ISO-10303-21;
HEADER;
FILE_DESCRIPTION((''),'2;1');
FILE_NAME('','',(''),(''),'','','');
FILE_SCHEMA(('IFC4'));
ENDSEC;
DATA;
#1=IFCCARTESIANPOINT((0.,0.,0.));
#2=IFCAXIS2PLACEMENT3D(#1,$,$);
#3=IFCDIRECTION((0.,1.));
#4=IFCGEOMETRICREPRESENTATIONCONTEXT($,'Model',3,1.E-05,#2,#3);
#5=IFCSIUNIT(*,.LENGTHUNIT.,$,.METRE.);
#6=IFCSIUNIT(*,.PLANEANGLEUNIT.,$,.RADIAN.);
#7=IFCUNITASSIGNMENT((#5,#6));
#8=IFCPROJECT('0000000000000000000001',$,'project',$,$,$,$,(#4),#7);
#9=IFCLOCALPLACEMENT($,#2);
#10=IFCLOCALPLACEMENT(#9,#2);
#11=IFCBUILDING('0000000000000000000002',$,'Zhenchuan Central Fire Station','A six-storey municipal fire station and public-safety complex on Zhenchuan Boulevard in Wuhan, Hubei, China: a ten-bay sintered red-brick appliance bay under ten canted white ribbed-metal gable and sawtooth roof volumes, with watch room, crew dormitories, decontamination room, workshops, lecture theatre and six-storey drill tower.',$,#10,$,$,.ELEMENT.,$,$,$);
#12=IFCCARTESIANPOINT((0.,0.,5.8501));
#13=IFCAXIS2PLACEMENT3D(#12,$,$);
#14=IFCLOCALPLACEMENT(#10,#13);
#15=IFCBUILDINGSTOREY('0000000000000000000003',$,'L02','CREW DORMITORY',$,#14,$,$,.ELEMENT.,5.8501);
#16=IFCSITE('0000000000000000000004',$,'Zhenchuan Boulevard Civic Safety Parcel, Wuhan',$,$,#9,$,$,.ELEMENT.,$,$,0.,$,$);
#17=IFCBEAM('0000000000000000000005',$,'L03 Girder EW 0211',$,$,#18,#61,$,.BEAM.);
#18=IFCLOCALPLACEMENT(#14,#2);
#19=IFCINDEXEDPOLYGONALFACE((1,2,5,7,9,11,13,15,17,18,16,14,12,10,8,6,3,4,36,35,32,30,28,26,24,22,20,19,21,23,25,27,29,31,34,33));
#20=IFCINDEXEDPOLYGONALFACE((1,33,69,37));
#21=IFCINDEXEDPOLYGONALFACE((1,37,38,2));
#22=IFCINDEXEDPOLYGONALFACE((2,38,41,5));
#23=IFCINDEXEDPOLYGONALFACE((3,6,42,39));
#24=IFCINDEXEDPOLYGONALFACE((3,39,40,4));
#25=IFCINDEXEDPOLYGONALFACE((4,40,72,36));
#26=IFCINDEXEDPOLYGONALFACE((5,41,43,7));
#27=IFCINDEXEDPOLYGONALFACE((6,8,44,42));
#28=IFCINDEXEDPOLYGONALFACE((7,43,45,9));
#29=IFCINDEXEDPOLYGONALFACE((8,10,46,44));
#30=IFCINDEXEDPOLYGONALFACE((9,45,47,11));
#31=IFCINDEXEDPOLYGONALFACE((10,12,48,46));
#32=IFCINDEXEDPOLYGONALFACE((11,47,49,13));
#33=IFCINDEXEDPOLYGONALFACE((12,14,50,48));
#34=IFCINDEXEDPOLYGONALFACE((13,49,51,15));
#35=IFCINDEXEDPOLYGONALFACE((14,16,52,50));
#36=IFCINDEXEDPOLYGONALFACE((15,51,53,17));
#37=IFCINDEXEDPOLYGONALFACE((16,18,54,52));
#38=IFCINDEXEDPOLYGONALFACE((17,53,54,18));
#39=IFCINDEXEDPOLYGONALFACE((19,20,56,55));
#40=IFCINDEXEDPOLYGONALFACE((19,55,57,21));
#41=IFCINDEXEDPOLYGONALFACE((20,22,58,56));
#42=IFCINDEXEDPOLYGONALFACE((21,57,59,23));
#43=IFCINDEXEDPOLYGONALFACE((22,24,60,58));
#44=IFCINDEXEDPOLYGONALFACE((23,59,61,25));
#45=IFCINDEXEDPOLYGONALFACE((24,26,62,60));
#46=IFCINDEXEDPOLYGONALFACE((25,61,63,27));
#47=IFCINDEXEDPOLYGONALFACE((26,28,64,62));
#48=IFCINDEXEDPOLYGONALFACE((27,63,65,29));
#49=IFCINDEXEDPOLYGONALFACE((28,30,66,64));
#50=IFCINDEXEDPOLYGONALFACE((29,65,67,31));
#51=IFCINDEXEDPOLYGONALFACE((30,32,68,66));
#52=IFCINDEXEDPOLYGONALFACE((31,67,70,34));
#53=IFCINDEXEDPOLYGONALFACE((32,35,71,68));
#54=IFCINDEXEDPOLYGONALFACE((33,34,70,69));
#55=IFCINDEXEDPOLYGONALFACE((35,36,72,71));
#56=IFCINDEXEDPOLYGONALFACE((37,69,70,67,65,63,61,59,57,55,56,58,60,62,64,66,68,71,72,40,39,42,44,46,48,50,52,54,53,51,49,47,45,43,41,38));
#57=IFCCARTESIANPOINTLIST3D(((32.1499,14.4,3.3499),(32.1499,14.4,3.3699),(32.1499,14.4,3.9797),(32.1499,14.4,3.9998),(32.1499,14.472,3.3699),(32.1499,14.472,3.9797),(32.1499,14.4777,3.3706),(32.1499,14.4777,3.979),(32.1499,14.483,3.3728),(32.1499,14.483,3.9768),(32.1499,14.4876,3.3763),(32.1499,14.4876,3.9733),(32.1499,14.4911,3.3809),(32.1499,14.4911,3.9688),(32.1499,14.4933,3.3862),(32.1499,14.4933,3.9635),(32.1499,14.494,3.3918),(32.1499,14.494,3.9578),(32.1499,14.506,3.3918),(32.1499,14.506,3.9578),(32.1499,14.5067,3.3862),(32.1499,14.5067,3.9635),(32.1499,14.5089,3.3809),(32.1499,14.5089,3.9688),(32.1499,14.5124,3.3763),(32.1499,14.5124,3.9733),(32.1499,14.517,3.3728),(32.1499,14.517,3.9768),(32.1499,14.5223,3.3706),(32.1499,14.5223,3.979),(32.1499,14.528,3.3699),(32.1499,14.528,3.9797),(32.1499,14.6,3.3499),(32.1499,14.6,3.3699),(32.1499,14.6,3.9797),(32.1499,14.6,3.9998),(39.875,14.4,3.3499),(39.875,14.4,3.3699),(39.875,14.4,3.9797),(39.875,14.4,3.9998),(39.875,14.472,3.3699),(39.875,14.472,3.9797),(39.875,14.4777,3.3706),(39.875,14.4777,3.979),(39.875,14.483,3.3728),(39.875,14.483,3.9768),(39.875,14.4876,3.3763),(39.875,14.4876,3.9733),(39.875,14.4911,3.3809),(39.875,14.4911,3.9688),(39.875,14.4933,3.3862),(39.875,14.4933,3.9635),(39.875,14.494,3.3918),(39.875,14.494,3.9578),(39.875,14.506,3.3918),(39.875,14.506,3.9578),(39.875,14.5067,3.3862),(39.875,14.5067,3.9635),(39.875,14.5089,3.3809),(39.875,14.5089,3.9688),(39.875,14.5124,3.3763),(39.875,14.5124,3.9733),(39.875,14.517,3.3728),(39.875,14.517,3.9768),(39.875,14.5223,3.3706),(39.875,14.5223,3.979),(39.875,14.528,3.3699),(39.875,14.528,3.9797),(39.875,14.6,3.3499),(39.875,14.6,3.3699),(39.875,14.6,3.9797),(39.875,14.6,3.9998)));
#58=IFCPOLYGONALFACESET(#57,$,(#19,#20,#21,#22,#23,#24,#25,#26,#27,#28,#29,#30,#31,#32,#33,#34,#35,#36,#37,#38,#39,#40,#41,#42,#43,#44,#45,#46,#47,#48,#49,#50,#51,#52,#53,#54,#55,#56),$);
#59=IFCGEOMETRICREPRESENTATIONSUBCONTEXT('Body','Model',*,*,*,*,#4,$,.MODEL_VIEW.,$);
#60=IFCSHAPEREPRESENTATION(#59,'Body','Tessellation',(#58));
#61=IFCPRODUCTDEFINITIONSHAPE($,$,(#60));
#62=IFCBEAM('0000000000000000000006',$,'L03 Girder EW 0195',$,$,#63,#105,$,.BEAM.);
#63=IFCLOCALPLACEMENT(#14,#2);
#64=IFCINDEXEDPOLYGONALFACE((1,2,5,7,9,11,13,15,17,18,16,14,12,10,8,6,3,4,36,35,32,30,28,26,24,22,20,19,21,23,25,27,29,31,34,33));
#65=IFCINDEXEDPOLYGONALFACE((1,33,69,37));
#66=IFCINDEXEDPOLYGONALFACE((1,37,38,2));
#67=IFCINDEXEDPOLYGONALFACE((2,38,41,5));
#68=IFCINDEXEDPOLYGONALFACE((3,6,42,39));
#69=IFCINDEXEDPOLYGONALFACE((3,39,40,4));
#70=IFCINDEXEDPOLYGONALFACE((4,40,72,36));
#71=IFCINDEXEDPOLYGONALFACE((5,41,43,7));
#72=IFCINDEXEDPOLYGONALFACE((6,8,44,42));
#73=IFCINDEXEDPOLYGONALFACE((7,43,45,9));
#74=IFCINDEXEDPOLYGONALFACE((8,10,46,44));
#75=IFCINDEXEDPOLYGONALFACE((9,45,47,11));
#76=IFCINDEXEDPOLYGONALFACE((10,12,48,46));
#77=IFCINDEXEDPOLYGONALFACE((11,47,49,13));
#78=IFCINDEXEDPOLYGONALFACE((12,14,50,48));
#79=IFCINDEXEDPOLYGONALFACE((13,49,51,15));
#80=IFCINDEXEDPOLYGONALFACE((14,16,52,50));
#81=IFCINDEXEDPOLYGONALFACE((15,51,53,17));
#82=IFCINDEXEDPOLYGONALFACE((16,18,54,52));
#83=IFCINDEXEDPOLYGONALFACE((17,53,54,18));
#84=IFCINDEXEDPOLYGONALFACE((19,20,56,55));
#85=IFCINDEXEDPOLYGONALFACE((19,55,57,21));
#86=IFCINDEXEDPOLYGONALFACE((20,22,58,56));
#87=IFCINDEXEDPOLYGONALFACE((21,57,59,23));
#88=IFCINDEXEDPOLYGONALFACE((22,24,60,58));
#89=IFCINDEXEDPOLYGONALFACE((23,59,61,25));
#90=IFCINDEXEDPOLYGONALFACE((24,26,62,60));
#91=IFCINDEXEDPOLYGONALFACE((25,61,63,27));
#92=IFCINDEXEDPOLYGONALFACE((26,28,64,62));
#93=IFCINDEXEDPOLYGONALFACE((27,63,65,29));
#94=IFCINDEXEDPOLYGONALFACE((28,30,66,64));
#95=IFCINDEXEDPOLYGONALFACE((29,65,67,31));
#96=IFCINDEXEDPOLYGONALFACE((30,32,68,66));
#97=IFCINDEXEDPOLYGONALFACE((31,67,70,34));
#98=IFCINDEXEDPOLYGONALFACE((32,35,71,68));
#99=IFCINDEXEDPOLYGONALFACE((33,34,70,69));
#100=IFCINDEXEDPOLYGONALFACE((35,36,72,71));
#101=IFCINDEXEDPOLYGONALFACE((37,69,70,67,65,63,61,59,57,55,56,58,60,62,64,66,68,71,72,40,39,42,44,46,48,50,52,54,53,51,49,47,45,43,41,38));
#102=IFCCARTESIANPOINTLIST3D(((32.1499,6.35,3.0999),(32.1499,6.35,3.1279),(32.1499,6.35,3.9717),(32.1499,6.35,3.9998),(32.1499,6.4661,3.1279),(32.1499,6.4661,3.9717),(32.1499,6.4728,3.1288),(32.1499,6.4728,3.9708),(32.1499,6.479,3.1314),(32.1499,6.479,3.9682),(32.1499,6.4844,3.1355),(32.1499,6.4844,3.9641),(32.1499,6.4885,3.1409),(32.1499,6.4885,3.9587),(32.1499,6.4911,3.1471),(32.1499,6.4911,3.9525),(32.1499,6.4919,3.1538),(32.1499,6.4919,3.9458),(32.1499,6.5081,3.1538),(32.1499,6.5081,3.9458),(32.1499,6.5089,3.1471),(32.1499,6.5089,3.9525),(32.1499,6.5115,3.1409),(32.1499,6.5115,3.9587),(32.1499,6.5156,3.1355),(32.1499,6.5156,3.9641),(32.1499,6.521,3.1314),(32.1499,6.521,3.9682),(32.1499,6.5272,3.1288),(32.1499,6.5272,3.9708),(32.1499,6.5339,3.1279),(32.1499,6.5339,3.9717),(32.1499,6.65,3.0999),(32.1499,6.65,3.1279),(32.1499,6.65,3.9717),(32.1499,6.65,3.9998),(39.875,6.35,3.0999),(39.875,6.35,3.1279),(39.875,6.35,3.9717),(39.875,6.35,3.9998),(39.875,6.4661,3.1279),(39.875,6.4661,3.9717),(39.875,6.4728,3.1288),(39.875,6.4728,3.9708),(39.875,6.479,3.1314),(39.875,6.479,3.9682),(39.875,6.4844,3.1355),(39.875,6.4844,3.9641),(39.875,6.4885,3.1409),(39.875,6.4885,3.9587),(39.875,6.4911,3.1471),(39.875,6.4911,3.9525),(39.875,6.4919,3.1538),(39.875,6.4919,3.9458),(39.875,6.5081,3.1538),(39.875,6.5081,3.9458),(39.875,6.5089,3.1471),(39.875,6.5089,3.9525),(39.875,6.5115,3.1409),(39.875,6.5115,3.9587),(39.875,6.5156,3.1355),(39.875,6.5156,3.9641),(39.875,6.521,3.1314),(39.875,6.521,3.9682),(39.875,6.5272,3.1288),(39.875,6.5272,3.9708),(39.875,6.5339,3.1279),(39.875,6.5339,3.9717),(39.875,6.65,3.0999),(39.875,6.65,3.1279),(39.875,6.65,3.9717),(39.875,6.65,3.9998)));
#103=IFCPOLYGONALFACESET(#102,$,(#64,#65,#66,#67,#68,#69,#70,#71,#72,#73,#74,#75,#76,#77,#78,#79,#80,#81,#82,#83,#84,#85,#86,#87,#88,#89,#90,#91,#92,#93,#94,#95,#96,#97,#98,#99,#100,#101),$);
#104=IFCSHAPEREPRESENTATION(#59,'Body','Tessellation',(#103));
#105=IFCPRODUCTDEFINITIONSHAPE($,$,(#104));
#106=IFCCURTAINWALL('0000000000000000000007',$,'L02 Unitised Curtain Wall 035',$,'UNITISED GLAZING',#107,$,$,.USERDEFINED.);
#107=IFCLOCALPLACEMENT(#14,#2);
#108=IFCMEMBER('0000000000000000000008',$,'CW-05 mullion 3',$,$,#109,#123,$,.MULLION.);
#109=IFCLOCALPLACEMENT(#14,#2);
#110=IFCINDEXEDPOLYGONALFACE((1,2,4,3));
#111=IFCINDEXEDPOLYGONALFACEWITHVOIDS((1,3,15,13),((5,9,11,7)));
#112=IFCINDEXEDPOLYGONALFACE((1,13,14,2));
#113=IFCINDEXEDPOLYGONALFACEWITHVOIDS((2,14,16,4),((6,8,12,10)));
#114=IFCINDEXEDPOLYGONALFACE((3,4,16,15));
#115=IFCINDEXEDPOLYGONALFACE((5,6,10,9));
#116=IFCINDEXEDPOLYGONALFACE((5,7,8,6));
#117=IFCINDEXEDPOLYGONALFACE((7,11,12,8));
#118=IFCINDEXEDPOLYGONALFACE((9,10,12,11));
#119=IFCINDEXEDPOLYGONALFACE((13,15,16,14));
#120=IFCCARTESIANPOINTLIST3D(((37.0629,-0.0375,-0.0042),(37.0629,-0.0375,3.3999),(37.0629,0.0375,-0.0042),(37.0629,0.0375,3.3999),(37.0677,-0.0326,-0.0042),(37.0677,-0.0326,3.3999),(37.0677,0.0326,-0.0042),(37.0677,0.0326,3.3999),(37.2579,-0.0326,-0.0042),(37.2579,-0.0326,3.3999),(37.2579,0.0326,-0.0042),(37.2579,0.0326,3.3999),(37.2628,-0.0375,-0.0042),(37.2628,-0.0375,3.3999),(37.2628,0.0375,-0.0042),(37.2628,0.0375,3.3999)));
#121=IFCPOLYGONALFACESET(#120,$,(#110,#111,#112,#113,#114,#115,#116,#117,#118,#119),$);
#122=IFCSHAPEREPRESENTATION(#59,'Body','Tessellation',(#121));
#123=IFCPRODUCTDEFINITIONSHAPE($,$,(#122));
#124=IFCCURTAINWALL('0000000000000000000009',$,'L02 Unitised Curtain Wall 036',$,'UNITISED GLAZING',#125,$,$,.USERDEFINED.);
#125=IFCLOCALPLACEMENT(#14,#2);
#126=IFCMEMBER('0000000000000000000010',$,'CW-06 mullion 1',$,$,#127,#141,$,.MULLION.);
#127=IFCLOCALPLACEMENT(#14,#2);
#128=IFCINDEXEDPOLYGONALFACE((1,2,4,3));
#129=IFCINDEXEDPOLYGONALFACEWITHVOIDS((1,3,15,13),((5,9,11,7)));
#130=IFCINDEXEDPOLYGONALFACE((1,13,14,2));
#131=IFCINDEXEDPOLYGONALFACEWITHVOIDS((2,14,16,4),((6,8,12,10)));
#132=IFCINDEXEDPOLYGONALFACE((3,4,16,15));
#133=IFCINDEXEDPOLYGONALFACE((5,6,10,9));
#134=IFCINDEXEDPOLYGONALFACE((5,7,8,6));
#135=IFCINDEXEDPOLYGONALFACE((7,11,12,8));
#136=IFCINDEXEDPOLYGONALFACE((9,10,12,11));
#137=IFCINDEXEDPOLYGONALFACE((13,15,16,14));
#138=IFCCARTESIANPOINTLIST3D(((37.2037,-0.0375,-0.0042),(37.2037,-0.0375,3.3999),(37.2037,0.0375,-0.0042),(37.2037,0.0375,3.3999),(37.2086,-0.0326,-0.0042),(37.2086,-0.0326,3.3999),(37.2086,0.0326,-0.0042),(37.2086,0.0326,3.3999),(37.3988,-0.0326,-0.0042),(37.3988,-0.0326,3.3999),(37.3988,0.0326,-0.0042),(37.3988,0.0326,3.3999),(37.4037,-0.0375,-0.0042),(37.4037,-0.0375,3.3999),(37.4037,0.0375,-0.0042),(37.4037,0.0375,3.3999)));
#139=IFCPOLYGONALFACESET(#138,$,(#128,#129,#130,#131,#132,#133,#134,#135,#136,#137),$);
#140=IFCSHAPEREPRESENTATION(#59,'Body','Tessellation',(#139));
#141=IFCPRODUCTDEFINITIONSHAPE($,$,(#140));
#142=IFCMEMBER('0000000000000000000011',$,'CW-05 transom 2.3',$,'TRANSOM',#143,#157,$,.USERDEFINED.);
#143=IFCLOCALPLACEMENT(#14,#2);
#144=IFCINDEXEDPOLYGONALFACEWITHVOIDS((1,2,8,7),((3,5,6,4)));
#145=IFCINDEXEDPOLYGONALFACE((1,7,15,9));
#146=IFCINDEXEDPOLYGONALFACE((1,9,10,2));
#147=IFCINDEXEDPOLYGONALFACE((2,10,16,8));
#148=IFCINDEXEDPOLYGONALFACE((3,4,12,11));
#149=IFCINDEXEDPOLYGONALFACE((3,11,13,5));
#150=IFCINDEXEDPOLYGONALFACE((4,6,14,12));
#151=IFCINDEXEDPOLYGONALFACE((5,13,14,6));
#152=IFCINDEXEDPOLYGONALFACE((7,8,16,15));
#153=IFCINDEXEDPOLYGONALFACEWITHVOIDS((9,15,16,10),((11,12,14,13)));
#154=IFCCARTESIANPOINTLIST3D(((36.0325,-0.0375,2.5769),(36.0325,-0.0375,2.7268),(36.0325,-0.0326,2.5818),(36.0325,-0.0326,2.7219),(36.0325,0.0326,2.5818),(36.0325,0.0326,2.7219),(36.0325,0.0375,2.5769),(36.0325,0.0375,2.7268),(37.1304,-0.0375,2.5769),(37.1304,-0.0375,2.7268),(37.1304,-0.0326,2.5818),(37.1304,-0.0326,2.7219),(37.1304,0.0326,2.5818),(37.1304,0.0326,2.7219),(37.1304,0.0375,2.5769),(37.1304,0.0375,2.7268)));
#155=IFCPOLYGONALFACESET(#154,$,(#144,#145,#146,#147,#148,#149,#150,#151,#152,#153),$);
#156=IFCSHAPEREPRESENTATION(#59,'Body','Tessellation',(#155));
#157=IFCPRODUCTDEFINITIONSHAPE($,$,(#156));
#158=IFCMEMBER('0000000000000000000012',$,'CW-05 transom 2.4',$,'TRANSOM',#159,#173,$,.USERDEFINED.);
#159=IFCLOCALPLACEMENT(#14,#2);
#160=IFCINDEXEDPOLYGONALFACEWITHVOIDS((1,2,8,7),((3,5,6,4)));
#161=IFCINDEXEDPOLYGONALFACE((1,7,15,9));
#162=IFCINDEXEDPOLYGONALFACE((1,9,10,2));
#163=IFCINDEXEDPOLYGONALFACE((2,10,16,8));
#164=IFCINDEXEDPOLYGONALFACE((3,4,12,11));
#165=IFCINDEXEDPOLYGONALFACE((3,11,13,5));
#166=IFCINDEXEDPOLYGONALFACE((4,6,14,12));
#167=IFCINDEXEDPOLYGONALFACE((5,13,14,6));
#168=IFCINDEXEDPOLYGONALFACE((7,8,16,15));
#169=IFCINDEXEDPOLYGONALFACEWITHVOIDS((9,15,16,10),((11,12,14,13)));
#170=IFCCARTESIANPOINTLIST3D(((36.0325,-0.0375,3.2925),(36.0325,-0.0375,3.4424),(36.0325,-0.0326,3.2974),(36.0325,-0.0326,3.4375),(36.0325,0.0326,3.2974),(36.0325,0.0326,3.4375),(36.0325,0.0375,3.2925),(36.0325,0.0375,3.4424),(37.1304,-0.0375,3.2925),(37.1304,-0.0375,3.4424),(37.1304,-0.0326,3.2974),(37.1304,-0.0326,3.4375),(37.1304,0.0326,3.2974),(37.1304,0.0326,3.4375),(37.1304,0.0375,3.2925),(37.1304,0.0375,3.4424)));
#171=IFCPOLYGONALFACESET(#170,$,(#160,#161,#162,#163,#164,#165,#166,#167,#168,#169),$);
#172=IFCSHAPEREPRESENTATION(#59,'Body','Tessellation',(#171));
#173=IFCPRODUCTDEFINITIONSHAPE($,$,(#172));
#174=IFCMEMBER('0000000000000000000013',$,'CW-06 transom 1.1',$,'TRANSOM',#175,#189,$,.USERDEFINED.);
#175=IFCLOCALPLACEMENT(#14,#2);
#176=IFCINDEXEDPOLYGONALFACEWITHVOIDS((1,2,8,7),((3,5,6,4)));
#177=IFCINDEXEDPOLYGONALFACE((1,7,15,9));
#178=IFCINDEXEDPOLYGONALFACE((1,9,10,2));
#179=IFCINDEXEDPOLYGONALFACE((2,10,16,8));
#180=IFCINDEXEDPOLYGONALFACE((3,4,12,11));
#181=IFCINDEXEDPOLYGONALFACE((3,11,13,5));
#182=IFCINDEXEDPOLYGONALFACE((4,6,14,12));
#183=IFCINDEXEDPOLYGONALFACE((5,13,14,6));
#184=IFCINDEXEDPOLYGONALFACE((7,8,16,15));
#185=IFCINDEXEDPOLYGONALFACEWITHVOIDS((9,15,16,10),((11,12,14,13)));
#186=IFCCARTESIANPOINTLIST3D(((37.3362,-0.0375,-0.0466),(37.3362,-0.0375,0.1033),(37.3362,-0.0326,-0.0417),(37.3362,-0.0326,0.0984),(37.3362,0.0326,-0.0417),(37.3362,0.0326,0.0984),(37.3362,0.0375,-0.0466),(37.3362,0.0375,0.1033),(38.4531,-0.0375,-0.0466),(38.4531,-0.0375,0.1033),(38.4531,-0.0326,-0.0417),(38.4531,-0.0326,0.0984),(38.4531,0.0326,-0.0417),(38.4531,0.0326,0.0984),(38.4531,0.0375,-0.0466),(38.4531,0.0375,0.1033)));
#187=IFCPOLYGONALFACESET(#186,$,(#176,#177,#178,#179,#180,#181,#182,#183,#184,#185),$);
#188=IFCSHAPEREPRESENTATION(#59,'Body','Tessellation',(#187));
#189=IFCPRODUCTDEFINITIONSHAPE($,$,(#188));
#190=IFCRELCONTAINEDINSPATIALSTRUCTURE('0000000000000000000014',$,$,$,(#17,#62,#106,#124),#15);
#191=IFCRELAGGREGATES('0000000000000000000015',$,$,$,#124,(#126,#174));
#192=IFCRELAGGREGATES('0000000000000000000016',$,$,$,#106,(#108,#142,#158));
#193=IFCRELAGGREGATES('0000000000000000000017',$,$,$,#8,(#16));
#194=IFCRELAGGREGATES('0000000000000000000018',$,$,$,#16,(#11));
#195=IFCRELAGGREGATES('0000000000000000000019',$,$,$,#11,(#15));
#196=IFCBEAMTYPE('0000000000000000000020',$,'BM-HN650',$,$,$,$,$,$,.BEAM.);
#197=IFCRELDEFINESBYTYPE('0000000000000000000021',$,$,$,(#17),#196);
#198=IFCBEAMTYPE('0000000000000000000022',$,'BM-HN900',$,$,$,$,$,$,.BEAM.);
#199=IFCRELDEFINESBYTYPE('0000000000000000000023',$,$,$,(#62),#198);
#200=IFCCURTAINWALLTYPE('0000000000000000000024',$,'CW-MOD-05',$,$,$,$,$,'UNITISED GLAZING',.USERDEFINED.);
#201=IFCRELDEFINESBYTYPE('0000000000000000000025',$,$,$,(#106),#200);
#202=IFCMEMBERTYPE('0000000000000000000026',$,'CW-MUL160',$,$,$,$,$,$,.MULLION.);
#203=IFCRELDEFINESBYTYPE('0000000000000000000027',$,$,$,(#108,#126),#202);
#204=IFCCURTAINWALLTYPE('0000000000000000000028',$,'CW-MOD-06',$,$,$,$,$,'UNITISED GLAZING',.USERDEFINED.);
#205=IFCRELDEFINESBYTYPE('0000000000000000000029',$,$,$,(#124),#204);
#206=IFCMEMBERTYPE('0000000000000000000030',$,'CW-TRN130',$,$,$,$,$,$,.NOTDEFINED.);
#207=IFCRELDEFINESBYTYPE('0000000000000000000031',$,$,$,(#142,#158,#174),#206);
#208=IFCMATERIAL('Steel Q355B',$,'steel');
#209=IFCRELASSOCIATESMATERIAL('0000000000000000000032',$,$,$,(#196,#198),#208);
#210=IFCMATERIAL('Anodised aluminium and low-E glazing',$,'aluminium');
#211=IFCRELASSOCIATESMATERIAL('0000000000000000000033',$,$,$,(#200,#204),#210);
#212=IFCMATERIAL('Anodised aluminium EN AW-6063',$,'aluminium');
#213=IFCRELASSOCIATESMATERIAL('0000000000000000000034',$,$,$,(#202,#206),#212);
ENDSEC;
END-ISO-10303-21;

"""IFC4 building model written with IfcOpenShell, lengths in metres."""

from ifc_helpers import new_model, si_unit, direction, frame, origin, origin_2d, place, context, subcontext, project, spatial, hollow_rectangle, i_section, extrude, material, material_profile, profile_set, type_object, element, aggregate, save


model = new_model("IFC4")

# Units and contexts
model_context = context("Model", 3, precision=1e-05, world=origin(), true_north=direction((0.0, 1.0)))
body_context = subcontext(model_context, "Body", "Model", "MODEL_VIEW")
ifc_project = project(units=[si_unit("LENGTHUNIT", "METRE"), si_unit("PLANEANGLEUNIT", "RADIAN")], contexts=[model_context])

# Site, building, storey
site_placement = place(None, origin())
site = spatial("IfcSite", under=ifc_project, at=site_placement, Name="Zhenchuan Boulevard Civic Safety Parcel, Wuhan", CompositionType="ELEMENT", RefElevation=0.0)
building_placement = place(site_placement, origin())
building = spatial("IfcBuilding", under=site, at=building_placement, Name="Zhenchuan Central Fire Station", Description="A six-storey municipal fire station and public-safety complex on Zhenchuan Boulevard in Wuhan, Hubei, China: a ten-bay sintered red-brick appliance bay under ten canted white ribbed-metal gable and sawtooth roof volumes, with watch room, crew dormitories, decontamination room, workshops, lecture theatre and six-storey drill tower.", CompositionType="ELEMENT")
storey_placement = place(building_placement, frame((0.0, 0.0, 5.8501)))
storey = spatial("IfcBuildingStorey", under=building, at=storey_placement, Name="L02", Description="CREW DORMITORY", CompositionType="ELEMENT", Elevation=5.8501)

# Shared definitions
ifc_material_1 = material(Name="Steel Q355B", Category="steel")

# Beams
ifc_material_profile_1 = material_profile(ifc_material_1, i_section(OverallWidth=0.2, OverallDepth=0.6499, WebThickness=0.012, FlangeThickness=0.02, FilletRadius=0.022, at=origin_2d()), Name="HN 650x200")
ifc_profile_set_1 = profile_set([ifc_material_profile_1], Name="Steel Q355B")
beam_type_1 = type_object("IfcBeamType", Name="BM-HN650", PredefinedType="BEAM", material=ifc_profile_set_1)
beam_1_placement = place(storey_placement, frame((32.1499, 14.5, 3.6748), z_axis=(1.0, 0.0, 0.0), x_axis=(0.0, 1.0, 0.0)))
element("IfcBeam", 1, at=beam_1_placement, inside=storey, type_object=beam_type_1, Name="L03 Girder EW 0211", PredefinedType="BEAM", context=body_context, shape_type="SweptSolid", body=[
    extrude(i_section(OverallWidth=0.2, OverallDepth=0.6499, WebThickness=0.012, FlangeThickness=0.02, FilletRadius=0.022, at=origin_2d()), origin(), (0.0, 0.0, 1.0), 7.7251),
])
ifc_material_profile_2 = material_profile(ifc_material_1, i_section(OverallWidth=0.3, OverallDepth=0.8999, WebThickness=0.0161, FlangeThickness=0.0281, FilletRadius=0.0259, at=origin_2d()), Name="HN 900x300")
ifc_profile_set_2 = profile_set([ifc_material_profile_2], Name="Steel Q355B")
beam_type_2 = type_object("IfcBeamType", Name="BM-HN900", PredefinedType="BEAM", material=ifc_profile_set_2)
beam_2_placement = place(storey_placement, frame((32.1499, 6.5, 3.5498), z_axis=(1.0, 0.0, 0.0), x_axis=(0.0, 1.0, 0.0)))
element("IfcBeam", 2, at=beam_2_placement, inside=storey, type_object=beam_type_2, Name="L03 Girder EW 0195", PredefinedType="BEAM", context=body_context, shape_type="SweptSolid", body=[
    extrude(i_section(OverallWidth=0.3, OverallDepth=0.8999, WebThickness=0.0161, FlangeThickness=0.0281, FilletRadius=0.0259, at=origin_2d()), origin(), (0.0, 0.0, 1.0), 7.7251),
])

# Curtain walls, members
ifc_material_2 = material(Name="Anodised aluminium and low-E glazing", Category="aluminium")
curtain_wall_type_1 = type_object("IfcCurtainWallType", Name="CW-MOD-05", ElementType="UNITISED GLAZING", PredefinedType="USERDEFINED", material=ifc_material_2)
curtain_wall_1_placement = place(storey_placement, origin())
curtain_wall_1 = element("IfcCurtainWall", 3, at=curtain_wall_1_placement, inside=storey, type_object=curtain_wall_type_1, Name="L02 Unitised Curtain Wall 035", ObjectType="UNITISED GLAZING", PredefinedType="USERDEFINED")
ifc_material_3 = material(Name="Anodised aluminium EN AW-6063", Category="aluminium")
ifc_material_profile_3 = material_profile(ifc_material_3, hollow_rectangle(XDim=0.075, YDim=0.2, WallThickness=0.0049, at=origin_2d()), Name="ALU-M 200x75")
ifc_profile_set_3 = profile_set([ifc_material_profile_3], Name="Anodised aluminium EN AW-6063")
member_type_1 = type_object("IfcMemberType", Name="CW-MUL160", PredefinedType="MULLION", material=ifc_profile_set_3)
member_1_placement = place(storey_placement, frame((37.1628, 0.0, -0.0042), z_axis=(0.0, 0.0, 1.0), x_axis=(0.0, 1.0, 0.0)))
member_1 = element("IfcMember", 4, at=member_1_placement, type_object=member_type_1, Name="CW-05 mullion 3", PredefinedType="MULLION", context=body_context, shape_type="SweptSolid", body=[
    extrude(hollow_rectangle(XDim=0.075, YDim=0.2, WallThickness=0.0049, at=origin_2d()), origin(), (0.0, 0.0, 1.0), 3.4041),
])
curtain_wall_type_2 = type_object("IfcCurtainWallType", Name="CW-MOD-06", ElementType="UNITISED GLAZING", PredefinedType="USERDEFINED", material=ifc_material_2)
curtain_wall_2_placement = place(storey_placement, origin())
curtain_wall_2 = element("IfcCurtainWall", 5, at=curtain_wall_2_placement, inside=storey, type_object=curtain_wall_type_2, Name="L02 Unitised Curtain Wall 036", ObjectType="UNITISED GLAZING", PredefinedType="USERDEFINED")
member_2_placement = place(storey_placement, frame((37.3037, 0.0, -0.0042), z_axis=(0.0, 0.0, 1.0), x_axis=(0.0, 1.0, 0.0)))
member_2 = element("IfcMember", 6, at=member_2_placement, type_object=member_type_1, Name="CW-06 mullion 1", PredefinedType="MULLION", context=body_context, shape_type="SweptSolid", body=[
    extrude(hollow_rectangle(XDim=0.075, YDim=0.2, WallThickness=0.0049, at=origin_2d()), origin(), (0.0, 0.0, 1.0), 3.4041),
])

# Members
ifc_material_profile_4 = material_profile(ifc_material_3, hollow_rectangle(XDim=0.075, YDim=0.1499, WallThickness=0.0049, at=origin_2d()), Name="ALU-T 150x75")
ifc_profile_set_4 = profile_set([ifc_material_profile_4], Name="Anodised aluminium EN AW-6063")
member_type_2 = type_object("IfcMemberType", Name="CW-TRN130", PredefinedType="NOTDEFINED", material=ifc_profile_set_4)
member_3_placement = place(storey_placement, frame((36.0325, 0.0, 2.6519), z_axis=(1.0, 0.0, 0.0), x_axis=(0.0, 1.0, 0.0)))
member_3 = element("IfcMember", 7, at=member_3_placement, type_object=member_type_2, Name="CW-05 transom 2.3", ObjectType="TRANSOM", PredefinedType="USERDEFINED", context=body_context, shape_type="SweptSolid", body=[
    extrude(hollow_rectangle(XDim=0.075, YDim=0.1499, WallThickness=0.0049, at=origin_2d()), origin(), (0.0, 0.0, 1.0), 1.0979),
])
member_4_placement = place(storey_placement, frame((36.0325, 0.0, 3.3674), z_axis=(1.0, 0.0, 0.0), x_axis=(0.0, 1.0, 0.0)))
member_4 = element("IfcMember", 8, at=member_4_placement, type_object=member_type_2, Name="CW-05 transom 2.4", ObjectType="TRANSOM", PredefinedType="USERDEFINED", context=body_context, shape_type="SweptSolid", body=[
    extrude(hollow_rectangle(XDim=0.075, YDim=0.1499, WallThickness=0.0049, at=origin_2d()), origin(), (0.0, 0.0, 1.0), 1.0979),
])
member_5_placement = place(storey_placement, frame((37.3362, 0.0, 0.0283), z_axis=(1.0, 0.0, 0.0), x_axis=(0.0, 1.0, 0.0)))
member_5 = element("IfcMember", 9, at=member_5_placement, type_object=member_type_2, Name="CW-06 transom 1.1", ObjectType="TRANSOM", PredefinedType="USERDEFINED", context=body_context, shape_type="SweptSolid", body=[
    extrude(hollow_rectangle(XDim=0.075, YDim=0.1499, WallThickness=0.0049, at=origin_2d()), origin(), (0.0, 0.0, 1.0), 1.1169),
])
aggregate(curtain_wall_2, [member_2, member_5])

aggregate(curtain_wall_1, [member_1, member_3, member_4])

save(model, "model.ifc")
